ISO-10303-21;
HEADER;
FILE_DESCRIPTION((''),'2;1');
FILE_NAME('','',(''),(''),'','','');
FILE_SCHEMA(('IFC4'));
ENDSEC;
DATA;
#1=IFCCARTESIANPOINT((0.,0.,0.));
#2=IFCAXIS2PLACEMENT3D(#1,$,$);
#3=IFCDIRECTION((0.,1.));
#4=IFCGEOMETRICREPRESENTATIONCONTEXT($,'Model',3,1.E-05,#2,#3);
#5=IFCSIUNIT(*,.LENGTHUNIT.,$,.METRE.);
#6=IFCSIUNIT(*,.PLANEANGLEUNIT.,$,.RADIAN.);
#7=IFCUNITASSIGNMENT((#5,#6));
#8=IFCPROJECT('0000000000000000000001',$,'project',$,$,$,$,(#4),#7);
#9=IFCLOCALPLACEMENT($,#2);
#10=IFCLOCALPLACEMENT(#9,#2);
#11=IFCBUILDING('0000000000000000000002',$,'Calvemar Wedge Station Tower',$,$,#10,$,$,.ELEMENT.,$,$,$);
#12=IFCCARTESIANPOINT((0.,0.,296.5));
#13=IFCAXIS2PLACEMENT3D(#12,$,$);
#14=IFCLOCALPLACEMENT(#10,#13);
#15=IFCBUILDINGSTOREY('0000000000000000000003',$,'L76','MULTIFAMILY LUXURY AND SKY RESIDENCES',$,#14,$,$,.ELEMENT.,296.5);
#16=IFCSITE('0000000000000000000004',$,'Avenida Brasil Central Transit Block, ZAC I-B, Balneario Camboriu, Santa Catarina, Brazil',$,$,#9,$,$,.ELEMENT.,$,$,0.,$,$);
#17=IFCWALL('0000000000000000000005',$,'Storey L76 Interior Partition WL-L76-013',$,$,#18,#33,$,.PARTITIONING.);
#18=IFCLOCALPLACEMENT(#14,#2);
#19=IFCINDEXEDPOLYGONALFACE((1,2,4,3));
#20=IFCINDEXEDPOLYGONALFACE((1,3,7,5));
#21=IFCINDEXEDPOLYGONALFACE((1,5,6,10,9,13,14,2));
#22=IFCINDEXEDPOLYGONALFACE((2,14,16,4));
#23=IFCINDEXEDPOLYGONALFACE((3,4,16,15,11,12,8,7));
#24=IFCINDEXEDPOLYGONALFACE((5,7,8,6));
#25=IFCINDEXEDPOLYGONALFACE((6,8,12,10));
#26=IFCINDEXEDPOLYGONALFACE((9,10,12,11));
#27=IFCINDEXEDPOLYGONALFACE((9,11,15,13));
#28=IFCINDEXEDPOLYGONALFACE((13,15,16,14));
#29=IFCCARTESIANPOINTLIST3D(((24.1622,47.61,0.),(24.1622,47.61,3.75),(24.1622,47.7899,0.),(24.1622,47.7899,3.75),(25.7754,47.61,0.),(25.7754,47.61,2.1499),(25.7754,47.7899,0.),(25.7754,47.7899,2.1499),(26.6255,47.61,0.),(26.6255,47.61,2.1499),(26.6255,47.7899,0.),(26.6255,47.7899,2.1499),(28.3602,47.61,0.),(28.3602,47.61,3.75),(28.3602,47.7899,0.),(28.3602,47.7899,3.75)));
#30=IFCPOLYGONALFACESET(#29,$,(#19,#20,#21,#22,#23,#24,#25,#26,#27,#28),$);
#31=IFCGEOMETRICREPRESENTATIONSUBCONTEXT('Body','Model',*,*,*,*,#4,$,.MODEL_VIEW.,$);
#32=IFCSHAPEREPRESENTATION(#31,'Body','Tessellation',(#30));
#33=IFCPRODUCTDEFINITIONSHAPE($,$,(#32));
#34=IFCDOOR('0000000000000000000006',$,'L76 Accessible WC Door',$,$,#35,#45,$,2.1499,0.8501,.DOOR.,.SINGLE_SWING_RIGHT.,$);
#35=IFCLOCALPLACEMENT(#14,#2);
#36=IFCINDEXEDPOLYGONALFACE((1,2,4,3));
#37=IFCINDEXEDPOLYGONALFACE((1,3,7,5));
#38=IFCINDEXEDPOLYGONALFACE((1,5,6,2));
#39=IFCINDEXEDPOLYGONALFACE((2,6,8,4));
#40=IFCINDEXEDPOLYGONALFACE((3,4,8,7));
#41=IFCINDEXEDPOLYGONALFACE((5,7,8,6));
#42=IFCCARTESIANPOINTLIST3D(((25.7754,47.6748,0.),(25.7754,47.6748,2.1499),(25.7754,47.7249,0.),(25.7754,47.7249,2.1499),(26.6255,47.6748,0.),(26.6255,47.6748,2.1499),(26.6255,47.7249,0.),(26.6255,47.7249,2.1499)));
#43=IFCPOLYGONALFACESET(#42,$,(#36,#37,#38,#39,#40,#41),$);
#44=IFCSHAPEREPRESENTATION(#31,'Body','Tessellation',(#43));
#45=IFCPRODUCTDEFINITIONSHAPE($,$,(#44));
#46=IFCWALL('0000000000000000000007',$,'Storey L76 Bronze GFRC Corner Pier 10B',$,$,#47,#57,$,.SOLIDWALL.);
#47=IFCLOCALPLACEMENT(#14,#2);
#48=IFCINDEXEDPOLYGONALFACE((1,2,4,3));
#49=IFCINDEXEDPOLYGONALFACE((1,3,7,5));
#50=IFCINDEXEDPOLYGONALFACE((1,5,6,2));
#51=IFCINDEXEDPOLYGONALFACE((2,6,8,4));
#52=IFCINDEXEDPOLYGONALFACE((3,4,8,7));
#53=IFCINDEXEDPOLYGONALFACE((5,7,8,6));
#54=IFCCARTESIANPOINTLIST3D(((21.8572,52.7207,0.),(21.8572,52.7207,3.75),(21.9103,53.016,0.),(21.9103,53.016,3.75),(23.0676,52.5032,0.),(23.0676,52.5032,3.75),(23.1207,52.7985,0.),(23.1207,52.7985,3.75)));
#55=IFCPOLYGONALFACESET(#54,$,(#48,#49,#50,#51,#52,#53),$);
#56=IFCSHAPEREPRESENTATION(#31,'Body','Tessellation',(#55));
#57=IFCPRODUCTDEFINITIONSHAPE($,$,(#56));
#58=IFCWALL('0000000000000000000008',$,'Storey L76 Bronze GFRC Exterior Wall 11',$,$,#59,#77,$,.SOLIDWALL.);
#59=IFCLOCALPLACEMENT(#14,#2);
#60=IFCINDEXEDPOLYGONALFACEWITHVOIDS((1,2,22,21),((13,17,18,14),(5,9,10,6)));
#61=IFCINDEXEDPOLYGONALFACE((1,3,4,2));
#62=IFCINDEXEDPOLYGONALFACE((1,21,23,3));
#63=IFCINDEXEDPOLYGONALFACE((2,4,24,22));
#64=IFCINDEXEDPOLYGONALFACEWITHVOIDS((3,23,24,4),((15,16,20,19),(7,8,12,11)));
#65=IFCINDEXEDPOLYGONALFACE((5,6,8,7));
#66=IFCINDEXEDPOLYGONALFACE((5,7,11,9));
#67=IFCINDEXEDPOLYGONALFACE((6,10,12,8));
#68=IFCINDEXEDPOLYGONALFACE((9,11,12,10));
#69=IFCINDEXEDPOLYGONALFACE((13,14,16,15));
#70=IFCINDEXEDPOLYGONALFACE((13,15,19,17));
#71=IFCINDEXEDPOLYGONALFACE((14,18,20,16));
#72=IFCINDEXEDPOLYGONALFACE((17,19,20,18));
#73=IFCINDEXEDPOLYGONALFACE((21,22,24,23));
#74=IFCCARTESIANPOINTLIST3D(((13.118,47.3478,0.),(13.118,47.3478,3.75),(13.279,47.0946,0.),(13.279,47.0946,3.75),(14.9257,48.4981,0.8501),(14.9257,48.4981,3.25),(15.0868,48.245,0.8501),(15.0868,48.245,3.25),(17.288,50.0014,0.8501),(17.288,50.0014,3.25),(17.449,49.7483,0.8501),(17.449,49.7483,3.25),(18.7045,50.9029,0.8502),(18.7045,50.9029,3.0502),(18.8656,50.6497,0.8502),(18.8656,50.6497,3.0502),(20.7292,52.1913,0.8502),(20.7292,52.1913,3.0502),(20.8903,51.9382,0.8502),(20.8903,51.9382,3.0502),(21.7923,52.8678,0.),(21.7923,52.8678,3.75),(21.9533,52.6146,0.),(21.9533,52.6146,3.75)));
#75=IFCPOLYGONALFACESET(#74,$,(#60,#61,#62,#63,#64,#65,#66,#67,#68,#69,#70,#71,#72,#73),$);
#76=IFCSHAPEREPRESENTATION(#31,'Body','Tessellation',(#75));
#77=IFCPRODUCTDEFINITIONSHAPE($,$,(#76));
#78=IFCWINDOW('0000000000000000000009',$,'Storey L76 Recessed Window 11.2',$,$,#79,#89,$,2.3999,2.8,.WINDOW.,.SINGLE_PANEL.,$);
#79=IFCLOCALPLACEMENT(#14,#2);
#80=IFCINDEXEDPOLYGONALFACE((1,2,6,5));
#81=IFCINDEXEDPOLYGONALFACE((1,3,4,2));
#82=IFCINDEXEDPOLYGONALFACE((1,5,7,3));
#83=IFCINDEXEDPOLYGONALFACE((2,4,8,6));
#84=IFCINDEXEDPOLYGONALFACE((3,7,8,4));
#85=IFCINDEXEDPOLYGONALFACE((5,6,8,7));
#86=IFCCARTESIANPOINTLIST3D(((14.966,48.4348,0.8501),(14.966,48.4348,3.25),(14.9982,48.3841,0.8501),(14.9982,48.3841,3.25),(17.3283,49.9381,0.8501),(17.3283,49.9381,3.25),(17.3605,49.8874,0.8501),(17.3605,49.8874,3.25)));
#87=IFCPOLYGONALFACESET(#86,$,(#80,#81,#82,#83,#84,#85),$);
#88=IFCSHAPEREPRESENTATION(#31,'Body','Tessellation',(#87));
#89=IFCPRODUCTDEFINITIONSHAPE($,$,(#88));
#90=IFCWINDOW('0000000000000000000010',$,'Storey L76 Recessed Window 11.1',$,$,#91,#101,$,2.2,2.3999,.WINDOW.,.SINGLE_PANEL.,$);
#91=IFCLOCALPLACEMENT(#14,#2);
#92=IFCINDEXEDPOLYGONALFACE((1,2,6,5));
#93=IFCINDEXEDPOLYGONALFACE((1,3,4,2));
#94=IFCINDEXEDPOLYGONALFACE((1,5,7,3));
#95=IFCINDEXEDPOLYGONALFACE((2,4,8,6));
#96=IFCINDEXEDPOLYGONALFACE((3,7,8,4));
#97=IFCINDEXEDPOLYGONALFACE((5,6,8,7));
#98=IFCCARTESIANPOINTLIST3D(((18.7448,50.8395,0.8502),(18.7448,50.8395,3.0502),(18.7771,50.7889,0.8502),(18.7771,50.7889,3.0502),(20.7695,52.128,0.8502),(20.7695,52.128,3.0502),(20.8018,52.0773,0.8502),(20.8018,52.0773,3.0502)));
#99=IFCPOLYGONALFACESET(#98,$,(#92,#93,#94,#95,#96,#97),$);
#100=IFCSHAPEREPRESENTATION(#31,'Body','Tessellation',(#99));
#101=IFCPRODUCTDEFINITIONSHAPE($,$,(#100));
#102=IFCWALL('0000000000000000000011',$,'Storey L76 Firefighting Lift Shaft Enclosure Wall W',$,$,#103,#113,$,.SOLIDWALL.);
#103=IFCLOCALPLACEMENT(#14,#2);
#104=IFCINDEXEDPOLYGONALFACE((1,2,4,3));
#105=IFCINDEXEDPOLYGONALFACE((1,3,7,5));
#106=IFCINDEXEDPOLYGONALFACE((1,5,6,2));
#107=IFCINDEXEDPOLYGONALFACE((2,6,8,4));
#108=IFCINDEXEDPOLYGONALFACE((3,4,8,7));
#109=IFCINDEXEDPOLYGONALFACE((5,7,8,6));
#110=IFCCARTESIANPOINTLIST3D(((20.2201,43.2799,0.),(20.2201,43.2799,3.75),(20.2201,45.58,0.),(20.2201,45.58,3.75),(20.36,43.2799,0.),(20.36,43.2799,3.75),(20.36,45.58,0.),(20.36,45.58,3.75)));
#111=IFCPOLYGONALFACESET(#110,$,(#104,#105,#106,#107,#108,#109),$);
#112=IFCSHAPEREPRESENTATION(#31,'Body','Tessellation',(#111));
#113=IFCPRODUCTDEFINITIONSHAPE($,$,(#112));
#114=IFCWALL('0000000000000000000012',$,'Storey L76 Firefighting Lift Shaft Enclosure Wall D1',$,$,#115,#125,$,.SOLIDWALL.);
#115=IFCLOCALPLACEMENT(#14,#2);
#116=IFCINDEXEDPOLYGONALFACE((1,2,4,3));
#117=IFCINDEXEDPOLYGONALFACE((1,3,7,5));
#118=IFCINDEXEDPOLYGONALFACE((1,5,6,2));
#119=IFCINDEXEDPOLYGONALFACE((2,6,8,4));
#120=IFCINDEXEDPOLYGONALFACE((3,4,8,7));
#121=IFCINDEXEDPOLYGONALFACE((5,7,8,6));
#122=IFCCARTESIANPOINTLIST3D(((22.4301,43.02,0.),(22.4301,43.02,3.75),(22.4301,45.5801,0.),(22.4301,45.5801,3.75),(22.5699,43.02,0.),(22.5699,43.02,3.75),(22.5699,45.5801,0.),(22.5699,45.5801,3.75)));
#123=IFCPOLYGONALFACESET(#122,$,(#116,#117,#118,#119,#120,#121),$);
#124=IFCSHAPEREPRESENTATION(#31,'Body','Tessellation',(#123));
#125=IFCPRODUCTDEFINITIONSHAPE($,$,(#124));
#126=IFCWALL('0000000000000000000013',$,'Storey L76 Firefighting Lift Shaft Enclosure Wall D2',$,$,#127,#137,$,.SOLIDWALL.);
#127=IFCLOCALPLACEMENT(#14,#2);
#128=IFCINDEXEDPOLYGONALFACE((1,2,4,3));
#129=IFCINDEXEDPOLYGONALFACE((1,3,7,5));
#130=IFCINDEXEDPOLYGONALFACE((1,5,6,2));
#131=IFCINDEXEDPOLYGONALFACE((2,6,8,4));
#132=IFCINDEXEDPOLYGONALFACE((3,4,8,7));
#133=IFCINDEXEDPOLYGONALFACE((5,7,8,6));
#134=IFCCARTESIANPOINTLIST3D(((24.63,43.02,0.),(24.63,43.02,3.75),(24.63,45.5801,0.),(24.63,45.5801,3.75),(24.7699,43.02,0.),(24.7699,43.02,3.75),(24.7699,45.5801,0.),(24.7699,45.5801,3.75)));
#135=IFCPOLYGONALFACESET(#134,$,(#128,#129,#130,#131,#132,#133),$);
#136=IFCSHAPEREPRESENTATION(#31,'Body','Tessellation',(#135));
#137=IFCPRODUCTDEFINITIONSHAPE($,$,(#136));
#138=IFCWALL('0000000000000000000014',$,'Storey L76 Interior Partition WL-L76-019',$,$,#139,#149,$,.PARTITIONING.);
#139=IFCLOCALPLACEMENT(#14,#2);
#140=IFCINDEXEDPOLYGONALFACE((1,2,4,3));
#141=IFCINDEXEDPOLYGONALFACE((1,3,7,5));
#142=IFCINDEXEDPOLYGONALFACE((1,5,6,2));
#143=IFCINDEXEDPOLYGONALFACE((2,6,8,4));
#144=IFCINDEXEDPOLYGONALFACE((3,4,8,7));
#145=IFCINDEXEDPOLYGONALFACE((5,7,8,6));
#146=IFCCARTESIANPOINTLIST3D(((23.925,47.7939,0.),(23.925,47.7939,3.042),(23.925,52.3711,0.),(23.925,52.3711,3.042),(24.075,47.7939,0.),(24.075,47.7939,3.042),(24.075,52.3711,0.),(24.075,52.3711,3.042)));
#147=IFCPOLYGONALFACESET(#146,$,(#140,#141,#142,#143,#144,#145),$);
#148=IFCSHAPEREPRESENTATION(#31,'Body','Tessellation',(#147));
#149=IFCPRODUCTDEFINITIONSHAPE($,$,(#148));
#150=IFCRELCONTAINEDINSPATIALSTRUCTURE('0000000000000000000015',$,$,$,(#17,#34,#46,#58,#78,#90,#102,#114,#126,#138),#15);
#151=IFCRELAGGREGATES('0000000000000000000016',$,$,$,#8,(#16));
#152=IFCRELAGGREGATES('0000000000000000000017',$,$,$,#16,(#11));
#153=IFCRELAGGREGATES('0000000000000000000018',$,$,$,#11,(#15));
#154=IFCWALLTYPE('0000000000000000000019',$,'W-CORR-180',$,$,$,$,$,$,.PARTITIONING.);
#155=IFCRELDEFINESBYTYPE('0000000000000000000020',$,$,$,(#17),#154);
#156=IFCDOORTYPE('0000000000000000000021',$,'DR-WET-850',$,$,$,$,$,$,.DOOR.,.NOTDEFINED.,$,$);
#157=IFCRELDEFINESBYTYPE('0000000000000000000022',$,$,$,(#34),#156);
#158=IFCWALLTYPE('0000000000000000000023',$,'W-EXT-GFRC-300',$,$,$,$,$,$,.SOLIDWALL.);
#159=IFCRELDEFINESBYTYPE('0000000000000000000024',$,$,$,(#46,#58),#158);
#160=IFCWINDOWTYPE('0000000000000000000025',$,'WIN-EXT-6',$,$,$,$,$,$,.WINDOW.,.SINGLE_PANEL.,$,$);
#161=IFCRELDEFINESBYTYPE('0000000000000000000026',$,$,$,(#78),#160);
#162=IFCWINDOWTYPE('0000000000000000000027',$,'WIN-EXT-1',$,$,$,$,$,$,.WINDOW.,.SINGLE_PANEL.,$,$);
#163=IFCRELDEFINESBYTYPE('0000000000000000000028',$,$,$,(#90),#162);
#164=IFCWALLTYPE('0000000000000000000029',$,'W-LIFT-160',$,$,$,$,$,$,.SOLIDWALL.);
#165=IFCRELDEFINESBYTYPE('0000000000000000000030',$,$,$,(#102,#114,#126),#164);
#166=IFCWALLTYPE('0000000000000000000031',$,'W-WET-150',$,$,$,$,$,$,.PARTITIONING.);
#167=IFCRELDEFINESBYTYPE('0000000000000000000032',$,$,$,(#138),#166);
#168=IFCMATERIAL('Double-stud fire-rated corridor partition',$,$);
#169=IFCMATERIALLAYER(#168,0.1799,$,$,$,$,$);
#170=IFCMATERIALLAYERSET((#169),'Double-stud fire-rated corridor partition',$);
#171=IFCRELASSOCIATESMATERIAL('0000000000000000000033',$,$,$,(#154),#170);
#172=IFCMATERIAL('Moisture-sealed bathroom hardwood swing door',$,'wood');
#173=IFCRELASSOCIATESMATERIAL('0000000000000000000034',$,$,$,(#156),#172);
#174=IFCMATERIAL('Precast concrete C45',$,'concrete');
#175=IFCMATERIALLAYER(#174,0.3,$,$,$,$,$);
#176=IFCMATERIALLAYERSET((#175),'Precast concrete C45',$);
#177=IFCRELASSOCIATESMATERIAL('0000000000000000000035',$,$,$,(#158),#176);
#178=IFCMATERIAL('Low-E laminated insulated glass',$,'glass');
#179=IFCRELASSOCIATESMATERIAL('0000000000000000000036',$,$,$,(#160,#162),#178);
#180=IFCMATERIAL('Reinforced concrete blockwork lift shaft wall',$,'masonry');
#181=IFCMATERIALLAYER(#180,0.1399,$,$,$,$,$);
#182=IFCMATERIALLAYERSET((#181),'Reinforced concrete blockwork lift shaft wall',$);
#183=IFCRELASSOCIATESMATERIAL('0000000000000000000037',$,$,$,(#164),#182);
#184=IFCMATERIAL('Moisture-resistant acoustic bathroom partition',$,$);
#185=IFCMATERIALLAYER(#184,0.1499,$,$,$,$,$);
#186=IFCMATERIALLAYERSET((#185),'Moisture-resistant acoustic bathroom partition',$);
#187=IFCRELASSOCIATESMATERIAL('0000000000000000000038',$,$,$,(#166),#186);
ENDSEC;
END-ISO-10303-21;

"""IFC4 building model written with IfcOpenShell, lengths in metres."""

from ifc_helpers import new_model, si_unit, direction, frame, frame_2d, origin, place, context, subcontext, project, spatial, rectangle, extrude, source, transform, mapped, material, layer, layer_set, type_object, element, fill, save


model = new_model("IFC4")

# Units and contexts
model_context = context("Model", 3, precision=1e-05, world=origin(), true_north=direction((0.0, 1.0)))
body_context = subcontext(model_context, "Body", "Model", "MODEL_VIEW")
ifc_project = project(units=[si_unit("LENGTHUNIT", "METRE"), si_unit("PLANEANGLEUNIT", "RADIAN")], contexts=[model_context])

# Site, building, storey
site_placement = place(None, origin())
site = spatial("IfcSite", under=ifc_project, at=site_placement, Name="Avenida Brasil Central Transit Block, ZAC I-B, Balneario Camboriu, Santa Catarina, Brazil", CompositionType="ELEMENT", RefElevation=0.0)
building_placement = place(site_placement, origin())
building = spatial("IfcBuilding", under=site, at=building_placement, Name="Calvemar Wedge Station Tower", CompositionType="ELEMENT")
storey_placement = place(building_placement, frame((0.0, 0.0, 296.5)))
storey = spatial("IfcBuildingStorey", under=building, at=storey_placement, Name="L76", Description="MULTIFAMILY LUXURY AND SKY RESIDENCES", CompositionType="ELEMENT", Elevation=296.5)

# Shared definitions
ifc_material_1 = material(Name="Low-E laminated insulated glass", Category="glass")

# Shared definitions
ifc_material_2 = material(Name="Precast concrete C45", Category="concrete")

# Shared definitions
ifc_material_3 = material(Name="Double-stud fire-rated corridor partition")
ifc_layer_1 = layer(ifc_material_3, 0.1799)
ifc_layer_set_1 = layer_set([ifc_layer_1], Name="Double-stud fire-rated corridor partition")
wall_type_1 = type_object("IfcWallType", Name="W-CORR-180", PredefinedType="PARTITIONING", material=ifc_layer_set_1)

# Wall, opening, door
shared_shape_1 = source(origin(), body_context, "Body", "SweptSolid", [
    extrude(rectangle(XDim=0.8501, YDim=2.1499, at=frame_2d((0.425, 1.075))), frame((0.0, 0.1001, 0.0), z_axis=(0.0, -1.0, 0.0), x_axis=(1.0, 0.0, 0.0)), (0.0, 0.0, 1.0), 0.2),
])
wall_1_placement = place(storey_placement, frame((24.1621, 47.7, 0.0), z_axis=(0.0, 0.0, 1.0), x_axis=(1.0, 0.0, 0.0)))
wall_1 = element("IfcWall", 1, at=wall_1_placement, inside=storey, type_object=wall_type_1, Name="Storey L76 Interior Partition WL-L76-013", PredefinedType="PARTITIONING", context=body_context, shape_type="SweptSolid", body=[
    extrude(rectangle(XDim=4.198, YDim=0.1799, at=frame_2d((2.0991, 0.0))), origin(), (0.0, 0.0, 1.0), 3.75),
])
opening_1_placement = place(wall_1_placement, frame((1.6133, 0.0, 0.0)))
opening_1 = element("IfcOpeningElement", 2, at=opening_1_placement, cuts=wall_1, PredefinedType="OPENING", context=body_context, shape_type="MappedRepresentation", body=[
    mapped(shared_shape_1, transform((0.0, 0.0, 0.0), scale=1.0)),
])
ifc_material_4 = material(Name="Moisture-sealed bathroom hardwood swing door", Category="wood")
door_type_1 = type_object("IfcDoorType", Name="DR-WET-850", OperationType="NOTDEFINED", PredefinedType="DOOR", material=ifc_material_4)
shared_shape_2 = source(origin(), body_context, "Body", "SweptSolid", [
    extrude(rectangle(XDim=0.8501, YDim=2.1499, at=frame_2d((0.425, 1.075))), frame((0.0, 0.0249, 0.0), z_axis=(0.0, -1.0, 0.0), x_axis=(1.0, 0.0, 0.0)), (0.0, 0.0, 1.0), 0.05),
])
door_1_placement = place(opening_1_placement, origin())
door_1 = element("IfcDoor", 3, at=door_1_placement, inside=storey, type_object=door_type_1, Name="L76 Accessible WC Door", OperationType="SINGLE_SWING_RIGHT", OverallHeight=2.1499, OverallWidth=0.8501, PredefinedType="DOOR", context=body_context, shape_type="MappedRepresentation", body=[
    mapped(shared_shape_2, transform((0.0, 0.0, 0.0), scale=1.0)),
])
fill(opening_1, door_1)

# Wall
ifc_layer_2 = layer(ifc_material_2, 0.3)
ifc_layer_set_2 = layer_set([ifc_layer_2], Name="Precast concrete C45")
wall_type_2 = type_object("IfcWallType", Name="W-EXT-GFRC-300", PredefinedType="SOLIDWALL", material=ifc_layer_set_2)
wall_2_placement = place(storey_placement, frame((23.094, 52.6509, 0.0), z_axis=(0.0, 0.0, 1.0), x_axis=(-0.984233, 0.176876, 0.0)))
element("IfcWall", 4, at=wall_2_placement, inside=storey, type_object=wall_type_2, Name="Storey L76 Bronze GFRC Corner Pier 10B", PredefinedType="SOLIDWALL", context=body_context, shape_type="SweptSolid", body=[
    extrude(rectangle(XDim=1.2297, YDim=0.3, at=frame_2d((0.6147, 0.0))), origin(), (0.0, 0.0, 1.0), 3.75),
])

# Wall, openings, windows
wall_3_placement = place(storey_placement, frame((21.8728, 52.7412, 0.0), z_axis=(0.0, 0.0, 1.0), x_axis=(-0.843661, -0.536875, 0.0)))
wall_3 = element("IfcWall", 5, at=wall_3_placement, inside=storey, type_object=wall_type_2, Name="Storey L76 Bronze GFRC Exterior Wall 11", PredefinedType="SOLIDWALL", context=body_context, shape_type="SweptSolid", body=[
    extrude(rectangle(XDim=10.2817, YDim=0.3, at=frame_2d((5.1409, 0.0))), origin(), (0.0, 0.0, 1.0), 3.75),
])
shared_shape_3 = source(origin(), body_context, "Body", "SweptSolid", [
    extrude(rectangle(XDim=2.3999, YDim=2.2, at=frame_2d((1.2, 1.1001))), frame((0.0, 0.1602, 0.0), z_axis=(0.0, -1.0, 0.0), x_axis=(1.0, 0.0, 0.0)), (0.0, 0.0, 1.0), 0.3201),
])
opening_2_placement = place(wall_3_placement, frame((1.26, 0.0, 0.8501)))
opening_2 = element("IfcOpeningElement", 6, at=opening_2_placement, cuts=wall_3, PredefinedType="OPENING", context=body_context, shape_type="MappedRepresentation", body=[
    mapped(shared_shape_3, transform((0.0, 0.0, 0.0), scale=1.0)),
])
shared_shape_4 = source(origin(), body_context, "Body", "SweptSolid", [
    extrude(rectangle(XDim=2.8, YDim=2.3999, at=frame_2d((1.3999, 1.2))), frame((0.0, 0.1602, 0.0), z_axis=(0.0, -1.0, 0.0), x_axis=(1.0, 0.0, 0.0)), (0.0, 0.0, 1.0), 0.3201),
])
opening_3_placement = place(wall_3_placement, frame((5.3391, 0.0, 0.8501)))
opening_3 = element("IfcOpeningElement", 7, at=opening_3_placement, cuts=wall_3, PredefinedType="OPENING", context=body_context, shape_type="MappedRepresentation", body=[
    mapped(shared_shape_4, transform((0.0, 0.0, 0.0), scale=1.0)),
])
window_type_1 = type_object("IfcWindowType", Name="WIN-EXT-6", PartitioningType="SINGLE_PANEL", PredefinedType="WINDOW", material=ifc_material_1)
shared_shape_5 = source(origin(), body_context, "Body", "SweptSolid", [
    extrude(rectangle(XDim=2.8, YDim=2.3999, at=frame_2d((1.3999, 1.2))), frame((0.0, -0.0149, 0.0), z_axis=(0.0, -1.0, 0.0), x_axis=(1.0, 0.0, 0.0)), (0.0, 0.0, 1.0), 0.0601),
])
window_1_placement = place(opening_3_placement, origin())
window_1 = element("IfcWindow", 8, at=window_1_placement, inside=storey, type_object=window_type_1, Name="Storey L76 Recessed Window 11.2", OverallHeight=2.3999, OverallWidth=2.8, PartitioningType="SINGLE_PANEL", PredefinedType="WINDOW", context=body_context, shape_type="MappedRepresentation", body=[
    mapped(shared_shape_5, transform((0.0, 0.0, 0.0), scale=1.0)),
])
fill(opening_3, window_1)
window_type_2 = type_object("IfcWindowType", Name="WIN-EXT-1", PartitioningType="SINGLE_PANEL", PredefinedType="WINDOW", material=ifc_material_1)
shared_shape_6 = source(origin(), body_context, "Body", "SweptSolid", [
    extrude(rectangle(XDim=2.3999, YDim=2.2, at=frame_2d((1.2, 1.1001))), frame((0.0, -0.0149, 0.0), z_axis=(0.0, -1.0, 0.0), x_axis=(1.0, 0.0, 0.0)), (0.0, 0.0, 1.0), 0.0601),
])
window_2_placement = place(opening_2_placement, origin())
window_2 = element("IfcWindow", 9, at=window_2_placement, inside=storey, type_object=window_type_2, Name="Storey L76 Recessed Window 11.1", OverallHeight=2.2, OverallWidth=2.3999, PartitioningType="SINGLE_PANEL", PredefinedType="WINDOW", context=body_context, shape_type="MappedRepresentation", body=[
    mapped(shared_shape_6, transform((0.0, 0.0, 0.0), scale=1.0)),
])
fill(opening_2, window_2)

# Shared definitions
ifc_material_5 = material(Name="Reinforced concrete blockwork lift shaft wall", Category="masonry")
ifc_layer_3 = layer(ifc_material_5, 0.1399)
ifc_layer_set_3 = layer_set([ifc_layer_3], Name="Reinforced concrete blockwork lift shaft wall")
wall_type_3 = type_object("IfcWallType", Name="W-LIFT-160", PredefinedType="SOLIDWALL", material=ifc_layer_set_3)

# Walls
wall_4_placement = place(storey_placement, frame((20.29, 43.28, 0.0), z_axis=(0.0, 0.0, 1.0), x_axis=(0.0, 1.0, 0.0)))
element("IfcWall", 10, at=wall_4_placement, inside=storey, type_object=wall_type_3, Name="Storey L76 Firefighting Lift Shaft Enclosure Wall W", PredefinedType="SOLIDWALL", context=body_context, shape_type="SweptSolid", body=[
    extrude(rectangle(XDim=2.3, YDim=0.1399, at=frame_2d((1.1499, 0.0))), origin(), (0.0, 0.0, 1.0), 3.75),
])
for number, where, z_axis, x_axis, name in (
    (11, (22.5, 43.02, 0.0), (0.0, 0.0, 1.0), (0.0, 1.0, 0.0), "Storey L76 Firefighting Lift Shaft Enclosure Wall D1"),
    (12, (24.7, 43.02, 0.0), (0.0, 0.0, 1.0), (0.0, 1.0, 0.0), "Storey L76 Firefighting Lift Shaft Enclosure Wall D2"),
):
    element("IfcWall", number, at=place(storey_placement, frame(where, z_axis=z_axis, x_axis=x_axis)), inside=storey, type_object=wall_type_3, Name=name, PredefinedType="SOLIDWALL", context=body_context, shape_type="SweptSolid", body=[
        extrude(rectangle(XDim=2.5601, YDim=0.1399, at=frame_2d((1.28, 0.0))), origin(), (0.0, 0.0, 1.0), 3.75),
    ])
ifc_material_6 = material(Name="Moisture-resistant acoustic bathroom partition")
ifc_layer_4 = layer(ifc_material_6, 0.1499)
ifc_layer_set_4 = layer_set([ifc_layer_4], Name="Moisture-resistant acoustic bathroom partition")
wall_type_4 = type_object("IfcWallType", Name="W-WET-150", PredefinedType="PARTITIONING", material=ifc_layer_set_4)
wall_5_placement = place(storey_placement, frame((24.0, 52.3711, 0.0), z_axis=(0.0, 0.0, 1.0), x_axis=(0.0, -1.0, 0.0)))
element("IfcWall", 13, at=wall_5_placement, inside=storey, type_object=wall_type_4, Name="Storey L76 Interior Partition WL-L76-019", PredefinedType="PARTITIONING", context=body_context, shape_type="SweptSolid", body=[
    extrude(rectangle(XDim=4.5771, YDim=0.1499, at=frame_2d((2.2886, 0.0))), origin(), (0.0, 0.0, 1.0), 3.042),
])

save(model, "model.ifc")
